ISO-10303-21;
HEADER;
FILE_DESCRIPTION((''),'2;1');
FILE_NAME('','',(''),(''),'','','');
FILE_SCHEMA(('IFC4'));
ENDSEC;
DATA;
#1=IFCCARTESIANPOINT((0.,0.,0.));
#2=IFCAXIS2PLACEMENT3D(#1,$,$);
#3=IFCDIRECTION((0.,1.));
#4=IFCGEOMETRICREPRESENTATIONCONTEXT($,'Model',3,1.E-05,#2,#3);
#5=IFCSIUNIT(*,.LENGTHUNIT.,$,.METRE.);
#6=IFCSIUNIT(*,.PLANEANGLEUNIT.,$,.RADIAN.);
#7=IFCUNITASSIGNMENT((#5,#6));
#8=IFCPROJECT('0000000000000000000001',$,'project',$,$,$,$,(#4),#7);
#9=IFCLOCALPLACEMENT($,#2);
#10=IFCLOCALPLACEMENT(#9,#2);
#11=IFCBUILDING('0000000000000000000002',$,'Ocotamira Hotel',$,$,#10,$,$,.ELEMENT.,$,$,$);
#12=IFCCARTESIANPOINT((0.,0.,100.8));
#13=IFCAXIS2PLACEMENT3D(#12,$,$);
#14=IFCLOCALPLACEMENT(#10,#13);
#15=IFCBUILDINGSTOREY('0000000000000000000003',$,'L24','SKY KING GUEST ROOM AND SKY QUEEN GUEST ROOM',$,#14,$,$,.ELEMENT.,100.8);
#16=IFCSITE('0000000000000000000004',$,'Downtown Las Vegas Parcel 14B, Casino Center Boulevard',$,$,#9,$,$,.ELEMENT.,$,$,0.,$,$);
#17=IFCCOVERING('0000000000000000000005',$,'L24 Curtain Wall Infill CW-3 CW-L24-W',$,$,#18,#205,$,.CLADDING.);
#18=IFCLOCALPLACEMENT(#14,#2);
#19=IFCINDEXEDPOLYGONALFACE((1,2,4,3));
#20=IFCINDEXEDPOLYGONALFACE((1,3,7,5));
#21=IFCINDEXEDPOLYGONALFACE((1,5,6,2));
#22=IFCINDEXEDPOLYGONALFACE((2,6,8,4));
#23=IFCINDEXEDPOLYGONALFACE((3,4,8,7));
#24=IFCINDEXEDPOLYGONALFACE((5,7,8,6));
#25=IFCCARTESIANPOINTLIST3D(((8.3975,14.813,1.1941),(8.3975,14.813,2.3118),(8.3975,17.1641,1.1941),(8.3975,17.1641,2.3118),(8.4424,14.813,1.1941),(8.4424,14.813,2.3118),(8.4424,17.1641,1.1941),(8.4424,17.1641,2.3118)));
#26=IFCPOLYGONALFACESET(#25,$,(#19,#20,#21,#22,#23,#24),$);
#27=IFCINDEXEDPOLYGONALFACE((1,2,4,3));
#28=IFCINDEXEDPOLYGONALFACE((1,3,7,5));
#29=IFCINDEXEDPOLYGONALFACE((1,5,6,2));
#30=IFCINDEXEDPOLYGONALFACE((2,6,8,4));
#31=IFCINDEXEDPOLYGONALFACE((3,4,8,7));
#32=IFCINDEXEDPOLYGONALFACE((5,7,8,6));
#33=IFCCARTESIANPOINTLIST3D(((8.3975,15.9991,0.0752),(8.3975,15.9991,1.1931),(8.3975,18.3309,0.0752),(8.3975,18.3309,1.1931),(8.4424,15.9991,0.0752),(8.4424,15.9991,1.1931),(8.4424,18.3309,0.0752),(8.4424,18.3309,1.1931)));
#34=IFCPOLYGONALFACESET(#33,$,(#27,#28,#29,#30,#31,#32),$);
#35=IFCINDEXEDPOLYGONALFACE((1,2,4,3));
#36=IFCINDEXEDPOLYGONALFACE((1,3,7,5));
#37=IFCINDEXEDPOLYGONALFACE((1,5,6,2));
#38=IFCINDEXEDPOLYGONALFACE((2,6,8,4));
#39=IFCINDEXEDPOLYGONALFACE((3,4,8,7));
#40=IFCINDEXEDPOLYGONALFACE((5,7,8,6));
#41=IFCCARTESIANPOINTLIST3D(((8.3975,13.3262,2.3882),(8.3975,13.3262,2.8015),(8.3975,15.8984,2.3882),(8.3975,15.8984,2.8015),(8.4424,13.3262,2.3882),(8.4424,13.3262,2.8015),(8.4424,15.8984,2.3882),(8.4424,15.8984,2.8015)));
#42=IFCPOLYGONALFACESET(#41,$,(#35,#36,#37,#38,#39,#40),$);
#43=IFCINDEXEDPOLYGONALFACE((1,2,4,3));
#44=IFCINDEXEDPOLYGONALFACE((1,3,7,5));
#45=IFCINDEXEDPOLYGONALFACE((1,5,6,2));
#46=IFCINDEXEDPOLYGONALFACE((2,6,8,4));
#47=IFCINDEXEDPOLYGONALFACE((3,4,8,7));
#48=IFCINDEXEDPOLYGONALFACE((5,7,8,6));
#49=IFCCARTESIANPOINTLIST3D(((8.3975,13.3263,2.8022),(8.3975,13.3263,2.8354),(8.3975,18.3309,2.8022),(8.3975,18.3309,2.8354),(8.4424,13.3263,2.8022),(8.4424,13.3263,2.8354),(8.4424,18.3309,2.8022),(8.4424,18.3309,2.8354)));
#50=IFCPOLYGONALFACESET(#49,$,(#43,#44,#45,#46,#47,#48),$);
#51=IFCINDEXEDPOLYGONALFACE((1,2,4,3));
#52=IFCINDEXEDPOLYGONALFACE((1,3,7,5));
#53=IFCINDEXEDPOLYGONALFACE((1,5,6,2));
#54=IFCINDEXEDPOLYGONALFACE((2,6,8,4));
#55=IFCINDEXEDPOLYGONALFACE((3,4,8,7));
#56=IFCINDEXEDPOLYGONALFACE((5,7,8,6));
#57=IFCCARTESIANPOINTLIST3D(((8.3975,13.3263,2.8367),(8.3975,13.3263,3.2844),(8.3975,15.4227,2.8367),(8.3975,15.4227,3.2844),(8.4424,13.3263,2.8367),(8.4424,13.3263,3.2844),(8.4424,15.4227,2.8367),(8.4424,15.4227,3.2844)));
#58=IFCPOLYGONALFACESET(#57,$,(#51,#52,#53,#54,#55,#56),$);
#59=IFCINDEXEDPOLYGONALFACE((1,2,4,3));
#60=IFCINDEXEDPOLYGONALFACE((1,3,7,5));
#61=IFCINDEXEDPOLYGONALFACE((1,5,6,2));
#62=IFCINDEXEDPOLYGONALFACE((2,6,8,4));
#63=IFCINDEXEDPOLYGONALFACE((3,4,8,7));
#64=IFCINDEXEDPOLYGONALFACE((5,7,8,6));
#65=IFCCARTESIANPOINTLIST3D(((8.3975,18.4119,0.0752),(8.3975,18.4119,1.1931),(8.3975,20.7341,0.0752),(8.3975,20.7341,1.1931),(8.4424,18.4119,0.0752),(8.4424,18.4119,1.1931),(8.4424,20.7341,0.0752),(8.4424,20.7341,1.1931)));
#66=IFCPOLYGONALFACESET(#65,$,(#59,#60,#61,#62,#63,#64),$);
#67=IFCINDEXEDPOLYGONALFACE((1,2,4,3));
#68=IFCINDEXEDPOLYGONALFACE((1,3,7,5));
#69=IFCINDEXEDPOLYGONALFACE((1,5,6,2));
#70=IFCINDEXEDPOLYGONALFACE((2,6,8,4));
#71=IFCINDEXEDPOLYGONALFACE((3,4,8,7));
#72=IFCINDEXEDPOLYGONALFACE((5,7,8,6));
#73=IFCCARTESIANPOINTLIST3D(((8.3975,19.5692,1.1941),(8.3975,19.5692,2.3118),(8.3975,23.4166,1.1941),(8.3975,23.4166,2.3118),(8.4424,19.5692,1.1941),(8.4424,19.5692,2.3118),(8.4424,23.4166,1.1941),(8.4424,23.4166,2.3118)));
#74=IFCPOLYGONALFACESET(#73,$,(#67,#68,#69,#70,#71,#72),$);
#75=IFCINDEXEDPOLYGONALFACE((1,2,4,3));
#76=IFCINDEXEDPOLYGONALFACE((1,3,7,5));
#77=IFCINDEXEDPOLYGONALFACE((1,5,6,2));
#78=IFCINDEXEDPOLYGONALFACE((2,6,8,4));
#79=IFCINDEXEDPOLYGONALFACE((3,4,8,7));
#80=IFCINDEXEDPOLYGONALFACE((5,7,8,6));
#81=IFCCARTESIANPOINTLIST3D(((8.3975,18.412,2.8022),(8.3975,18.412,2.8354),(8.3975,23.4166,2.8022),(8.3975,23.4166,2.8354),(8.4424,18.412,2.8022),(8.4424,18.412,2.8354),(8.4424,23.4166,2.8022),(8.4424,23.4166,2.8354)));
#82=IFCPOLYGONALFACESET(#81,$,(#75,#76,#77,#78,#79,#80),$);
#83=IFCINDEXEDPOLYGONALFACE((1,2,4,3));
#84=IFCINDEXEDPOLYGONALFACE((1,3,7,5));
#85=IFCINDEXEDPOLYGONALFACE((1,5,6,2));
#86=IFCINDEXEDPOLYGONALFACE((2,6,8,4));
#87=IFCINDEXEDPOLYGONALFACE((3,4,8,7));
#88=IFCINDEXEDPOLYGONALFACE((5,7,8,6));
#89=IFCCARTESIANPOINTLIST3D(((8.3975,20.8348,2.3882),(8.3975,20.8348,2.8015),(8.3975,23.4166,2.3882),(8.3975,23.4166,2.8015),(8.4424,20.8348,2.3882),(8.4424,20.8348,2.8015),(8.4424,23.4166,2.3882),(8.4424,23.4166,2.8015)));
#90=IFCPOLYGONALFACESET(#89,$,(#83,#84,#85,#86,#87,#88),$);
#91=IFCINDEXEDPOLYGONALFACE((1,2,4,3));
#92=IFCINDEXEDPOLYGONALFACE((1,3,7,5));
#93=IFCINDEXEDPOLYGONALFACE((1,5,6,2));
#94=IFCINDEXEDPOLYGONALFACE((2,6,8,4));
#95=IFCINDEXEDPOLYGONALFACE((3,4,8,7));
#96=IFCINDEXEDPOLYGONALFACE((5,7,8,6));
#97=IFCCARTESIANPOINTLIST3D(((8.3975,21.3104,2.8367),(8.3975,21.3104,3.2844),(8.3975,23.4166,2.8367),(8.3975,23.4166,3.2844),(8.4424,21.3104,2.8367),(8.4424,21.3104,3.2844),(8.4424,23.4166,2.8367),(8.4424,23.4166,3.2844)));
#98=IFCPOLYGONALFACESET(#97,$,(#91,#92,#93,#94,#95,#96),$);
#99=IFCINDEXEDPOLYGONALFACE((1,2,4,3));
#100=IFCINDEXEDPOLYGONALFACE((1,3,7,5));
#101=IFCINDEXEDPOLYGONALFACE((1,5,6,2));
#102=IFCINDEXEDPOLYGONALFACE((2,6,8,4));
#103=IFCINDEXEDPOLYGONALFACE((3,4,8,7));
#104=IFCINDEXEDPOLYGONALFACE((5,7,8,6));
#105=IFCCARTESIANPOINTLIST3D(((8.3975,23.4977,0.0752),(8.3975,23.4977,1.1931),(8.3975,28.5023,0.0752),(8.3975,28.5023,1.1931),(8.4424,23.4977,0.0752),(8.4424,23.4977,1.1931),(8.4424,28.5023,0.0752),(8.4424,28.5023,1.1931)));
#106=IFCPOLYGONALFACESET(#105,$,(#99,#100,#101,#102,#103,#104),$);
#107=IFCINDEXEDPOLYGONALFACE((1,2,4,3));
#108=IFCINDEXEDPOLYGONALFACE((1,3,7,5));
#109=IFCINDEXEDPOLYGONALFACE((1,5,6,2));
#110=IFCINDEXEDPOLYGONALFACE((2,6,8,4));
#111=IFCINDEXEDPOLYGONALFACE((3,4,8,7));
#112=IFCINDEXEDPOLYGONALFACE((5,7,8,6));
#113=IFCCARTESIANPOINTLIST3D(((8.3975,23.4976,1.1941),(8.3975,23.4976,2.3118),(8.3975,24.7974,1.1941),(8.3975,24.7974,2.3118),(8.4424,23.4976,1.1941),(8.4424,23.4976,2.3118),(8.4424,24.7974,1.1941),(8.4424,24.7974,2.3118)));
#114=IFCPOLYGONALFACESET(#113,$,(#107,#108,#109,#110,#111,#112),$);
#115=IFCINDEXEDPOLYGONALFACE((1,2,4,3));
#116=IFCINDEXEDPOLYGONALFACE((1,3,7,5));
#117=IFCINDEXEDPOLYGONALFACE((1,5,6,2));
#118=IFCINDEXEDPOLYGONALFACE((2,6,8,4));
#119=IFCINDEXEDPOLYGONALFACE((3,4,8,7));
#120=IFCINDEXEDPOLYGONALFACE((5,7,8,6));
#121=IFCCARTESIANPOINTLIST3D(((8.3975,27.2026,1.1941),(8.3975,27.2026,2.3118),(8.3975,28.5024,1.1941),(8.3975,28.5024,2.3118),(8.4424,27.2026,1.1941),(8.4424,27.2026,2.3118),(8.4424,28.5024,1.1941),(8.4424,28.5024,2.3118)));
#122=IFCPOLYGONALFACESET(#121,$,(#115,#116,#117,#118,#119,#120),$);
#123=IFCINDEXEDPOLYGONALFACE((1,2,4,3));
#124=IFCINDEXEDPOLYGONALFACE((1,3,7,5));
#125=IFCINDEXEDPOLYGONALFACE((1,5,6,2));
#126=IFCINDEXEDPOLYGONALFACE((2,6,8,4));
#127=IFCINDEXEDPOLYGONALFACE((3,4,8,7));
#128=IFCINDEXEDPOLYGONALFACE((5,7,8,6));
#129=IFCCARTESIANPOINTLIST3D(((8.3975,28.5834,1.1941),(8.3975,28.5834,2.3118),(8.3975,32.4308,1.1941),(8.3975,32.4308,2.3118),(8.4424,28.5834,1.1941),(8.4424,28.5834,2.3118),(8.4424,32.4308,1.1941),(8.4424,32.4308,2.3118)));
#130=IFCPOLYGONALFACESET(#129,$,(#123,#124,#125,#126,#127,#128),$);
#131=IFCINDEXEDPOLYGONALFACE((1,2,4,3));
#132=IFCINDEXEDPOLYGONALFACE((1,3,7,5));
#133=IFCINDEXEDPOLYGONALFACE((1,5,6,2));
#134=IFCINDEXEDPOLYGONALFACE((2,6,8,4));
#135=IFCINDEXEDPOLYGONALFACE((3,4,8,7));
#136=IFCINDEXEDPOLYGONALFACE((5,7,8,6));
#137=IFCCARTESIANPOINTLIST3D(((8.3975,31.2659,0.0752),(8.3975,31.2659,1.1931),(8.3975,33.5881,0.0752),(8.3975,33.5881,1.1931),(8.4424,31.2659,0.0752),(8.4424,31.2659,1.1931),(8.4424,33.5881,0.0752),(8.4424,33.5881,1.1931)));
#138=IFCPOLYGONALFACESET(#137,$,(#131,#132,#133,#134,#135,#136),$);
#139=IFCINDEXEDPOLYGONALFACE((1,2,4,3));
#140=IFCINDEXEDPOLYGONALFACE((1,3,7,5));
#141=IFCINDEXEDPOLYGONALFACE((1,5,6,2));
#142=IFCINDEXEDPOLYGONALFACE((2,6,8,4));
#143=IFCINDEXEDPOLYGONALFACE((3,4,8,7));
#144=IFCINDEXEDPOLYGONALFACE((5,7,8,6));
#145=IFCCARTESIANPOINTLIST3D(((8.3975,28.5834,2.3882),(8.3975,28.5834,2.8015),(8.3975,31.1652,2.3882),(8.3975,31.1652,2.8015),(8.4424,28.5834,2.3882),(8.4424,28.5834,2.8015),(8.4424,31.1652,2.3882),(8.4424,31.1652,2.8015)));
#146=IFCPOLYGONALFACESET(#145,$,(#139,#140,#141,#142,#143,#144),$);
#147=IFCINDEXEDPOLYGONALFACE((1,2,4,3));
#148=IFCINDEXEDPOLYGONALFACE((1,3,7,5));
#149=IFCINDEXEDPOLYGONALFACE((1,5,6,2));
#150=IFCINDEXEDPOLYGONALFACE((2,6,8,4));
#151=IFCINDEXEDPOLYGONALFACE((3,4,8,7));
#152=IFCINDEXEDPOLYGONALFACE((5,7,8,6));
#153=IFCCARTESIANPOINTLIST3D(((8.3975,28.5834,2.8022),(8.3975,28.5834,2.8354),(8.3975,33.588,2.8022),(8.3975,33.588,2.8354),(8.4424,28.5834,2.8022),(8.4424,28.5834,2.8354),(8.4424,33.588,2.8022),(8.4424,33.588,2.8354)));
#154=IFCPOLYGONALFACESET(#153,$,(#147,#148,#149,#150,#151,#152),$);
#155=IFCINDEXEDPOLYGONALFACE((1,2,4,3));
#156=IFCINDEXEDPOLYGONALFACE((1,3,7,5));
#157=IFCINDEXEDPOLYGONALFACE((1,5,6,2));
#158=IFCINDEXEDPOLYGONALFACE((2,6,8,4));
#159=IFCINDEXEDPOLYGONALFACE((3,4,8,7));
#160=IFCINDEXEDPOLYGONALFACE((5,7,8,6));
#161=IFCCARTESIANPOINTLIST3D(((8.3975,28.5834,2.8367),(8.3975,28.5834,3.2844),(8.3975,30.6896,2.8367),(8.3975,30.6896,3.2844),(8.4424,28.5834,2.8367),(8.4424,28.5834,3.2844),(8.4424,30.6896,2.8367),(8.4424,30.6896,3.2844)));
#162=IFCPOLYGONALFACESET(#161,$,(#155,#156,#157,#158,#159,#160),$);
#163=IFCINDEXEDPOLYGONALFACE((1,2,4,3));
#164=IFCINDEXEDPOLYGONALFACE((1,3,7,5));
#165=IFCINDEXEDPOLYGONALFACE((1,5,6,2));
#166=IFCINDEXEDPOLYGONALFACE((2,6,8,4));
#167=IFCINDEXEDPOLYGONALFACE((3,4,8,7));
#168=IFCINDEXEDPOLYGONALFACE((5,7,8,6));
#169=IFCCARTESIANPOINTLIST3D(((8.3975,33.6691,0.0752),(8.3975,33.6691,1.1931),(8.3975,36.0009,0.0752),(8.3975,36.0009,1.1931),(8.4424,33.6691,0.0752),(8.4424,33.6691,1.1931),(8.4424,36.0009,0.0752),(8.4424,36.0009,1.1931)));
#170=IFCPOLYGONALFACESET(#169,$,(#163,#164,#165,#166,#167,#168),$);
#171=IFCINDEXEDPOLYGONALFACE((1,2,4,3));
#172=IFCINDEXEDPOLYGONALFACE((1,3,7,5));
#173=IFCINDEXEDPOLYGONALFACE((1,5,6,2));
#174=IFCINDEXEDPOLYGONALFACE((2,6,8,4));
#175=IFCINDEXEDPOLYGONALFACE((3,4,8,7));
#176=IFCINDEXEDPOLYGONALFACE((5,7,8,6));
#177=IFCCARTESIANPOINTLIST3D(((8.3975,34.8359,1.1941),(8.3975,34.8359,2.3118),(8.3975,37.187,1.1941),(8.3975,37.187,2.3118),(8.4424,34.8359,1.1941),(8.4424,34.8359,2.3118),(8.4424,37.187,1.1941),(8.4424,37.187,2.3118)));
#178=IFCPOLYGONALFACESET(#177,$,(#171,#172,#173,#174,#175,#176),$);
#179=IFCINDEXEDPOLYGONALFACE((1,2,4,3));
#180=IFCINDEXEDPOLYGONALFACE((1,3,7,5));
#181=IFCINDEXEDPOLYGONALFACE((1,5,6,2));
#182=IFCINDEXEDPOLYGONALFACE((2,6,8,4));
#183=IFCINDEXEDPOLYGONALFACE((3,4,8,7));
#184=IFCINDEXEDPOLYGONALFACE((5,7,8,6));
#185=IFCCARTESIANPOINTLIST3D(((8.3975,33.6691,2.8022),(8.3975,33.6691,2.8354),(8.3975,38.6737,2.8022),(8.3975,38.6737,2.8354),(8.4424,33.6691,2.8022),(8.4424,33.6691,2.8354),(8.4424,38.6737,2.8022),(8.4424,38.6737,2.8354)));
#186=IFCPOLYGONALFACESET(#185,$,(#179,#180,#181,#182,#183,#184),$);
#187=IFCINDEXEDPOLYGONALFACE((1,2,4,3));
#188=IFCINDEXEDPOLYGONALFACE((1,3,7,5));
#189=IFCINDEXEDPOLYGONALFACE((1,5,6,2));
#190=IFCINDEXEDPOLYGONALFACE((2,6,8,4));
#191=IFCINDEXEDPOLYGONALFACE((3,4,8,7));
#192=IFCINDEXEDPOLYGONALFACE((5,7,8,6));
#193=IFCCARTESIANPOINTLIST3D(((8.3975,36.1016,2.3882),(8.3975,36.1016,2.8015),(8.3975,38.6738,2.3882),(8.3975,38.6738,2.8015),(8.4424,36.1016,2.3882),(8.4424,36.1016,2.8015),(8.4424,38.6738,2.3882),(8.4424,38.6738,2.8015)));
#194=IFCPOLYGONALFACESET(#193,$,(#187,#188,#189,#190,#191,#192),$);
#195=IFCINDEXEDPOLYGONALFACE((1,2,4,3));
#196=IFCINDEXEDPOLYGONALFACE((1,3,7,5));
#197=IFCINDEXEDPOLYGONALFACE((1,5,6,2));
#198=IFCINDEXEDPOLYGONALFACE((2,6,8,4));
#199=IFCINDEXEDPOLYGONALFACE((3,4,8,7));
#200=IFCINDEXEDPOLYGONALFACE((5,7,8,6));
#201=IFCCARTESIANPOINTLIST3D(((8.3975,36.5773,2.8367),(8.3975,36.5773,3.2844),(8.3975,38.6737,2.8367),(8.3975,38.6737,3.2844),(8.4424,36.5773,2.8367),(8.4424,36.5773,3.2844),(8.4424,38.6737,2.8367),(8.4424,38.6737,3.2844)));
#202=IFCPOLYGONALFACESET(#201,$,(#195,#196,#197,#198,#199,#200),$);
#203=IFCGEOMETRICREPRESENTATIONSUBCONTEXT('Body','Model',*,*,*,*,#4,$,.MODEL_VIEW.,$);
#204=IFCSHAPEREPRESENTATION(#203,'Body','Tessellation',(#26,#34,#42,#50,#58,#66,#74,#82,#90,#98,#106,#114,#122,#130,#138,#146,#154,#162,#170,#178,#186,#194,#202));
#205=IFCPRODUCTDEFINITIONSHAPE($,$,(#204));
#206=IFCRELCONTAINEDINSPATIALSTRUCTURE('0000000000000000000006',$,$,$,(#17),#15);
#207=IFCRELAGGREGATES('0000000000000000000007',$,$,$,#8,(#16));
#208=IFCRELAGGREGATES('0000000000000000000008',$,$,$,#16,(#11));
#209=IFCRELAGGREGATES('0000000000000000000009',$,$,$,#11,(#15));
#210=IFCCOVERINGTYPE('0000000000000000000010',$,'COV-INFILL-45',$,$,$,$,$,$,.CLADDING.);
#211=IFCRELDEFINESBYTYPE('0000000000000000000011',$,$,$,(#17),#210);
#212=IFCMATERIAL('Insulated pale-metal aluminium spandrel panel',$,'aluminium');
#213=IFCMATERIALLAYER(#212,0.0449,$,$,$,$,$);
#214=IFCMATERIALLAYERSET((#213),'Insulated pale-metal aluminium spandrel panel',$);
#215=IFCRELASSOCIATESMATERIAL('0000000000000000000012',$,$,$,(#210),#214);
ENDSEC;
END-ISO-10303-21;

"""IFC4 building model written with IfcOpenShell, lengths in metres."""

from ifc_helpers import new_model, si_unit, direction, frame, origin, origin_2d, place, context, subcontext, project, spatial, rectangle, extrude, material, layer, layer_set, type_object, element, save


model = new_model("IFC4")

# Units and contexts
model_context = context("Model", 3, precision=1e-05, world=origin(), true_north=direction((0.0, 1.0)))
body_context = subcontext(model_context, "Body", "Model", "MODEL_VIEW")
ifc_project = project(units=[si_unit("LENGTHUNIT", "METRE"), si_unit("PLANEANGLEUNIT", "RADIAN")], contexts=[model_context])

# Site, building, storey
site_placement = place(None, origin())
site = spatial("IfcSite", under=ifc_project, at=site_placement, Name="Downtown Las Vegas Parcel 14B, Casino Center Boulevard", CompositionType="ELEMENT", RefElevation=0.0)
building_placement = place(site_placement, origin())
building = spatial("IfcBuilding", under=site, at=building_placement, Name="Ocotamira Hotel", CompositionType="ELEMENT")
storey_placement = place(building_placement, frame((0.0, 0.0, 100.8)))
storey = spatial("IfcBuildingStorey", under=building, at=storey_placement, Name="L24", Description="SKY KING GUEST ROOM AND SKY QUEEN GUEST ROOM", CompositionType="ELEMENT", Elevation=100.8)

# Covering
ifc_material_1 = material(Name="Insulated pale-metal aluminium spandrel panel", Category="aluminium")
ifc_layer_1 = layer(ifc_material_1, 0.0449)
ifc_layer_set_1 = layer_set([ifc_layer_1], Name="Insulated pale-metal aluminium spandrel panel")
covering_type_1 = type_object("IfcCoveringType", Name="COV-INFILL-45", PredefinedType="CLADDING", material=ifc_layer_set_1)
covering_1_placement = place(storey_placement, origin())
element("IfcCovering", 1, at=covering_1_placement, inside=storey, type_object=covering_type_1, Name="L24 Curtain Wall Infill CW-3 CW-L24-W", PredefinedType="CLADDING", context=body_context, shape_type="SweptSolid", body=[
    extrude(rectangle(XDim=2.3511, YDim=0.0449, at=origin_2d()), frame((8.4199, 15.9885, 1.1941), z_axis=(0.0, 0.0, 1.0), x_axis=(0.0, 1.0, 0.0)), (0.0, 0.0, 1.0), 1.1177),
    extrude(rectangle(XDim=2.3318, YDim=0.0449, at=origin_2d()), frame((8.4199, 17.165, 0.0752), z_axis=(0.0, 0.0, 1.0), x_axis=(0.0, 1.0, 0.0)), (0.0, 0.0, 1.0), 1.1179),
    extrude(rectangle(XDim=2.5723, YDim=0.0449, at=origin_2d()), frame((8.4199, 14.6123, 2.3882), z_axis=(0.0, 0.0, 1.0), x_axis=(0.0, 1.0, 0.0)), (0.0, 0.0, 1.0), 0.4133),
    extrude(rectangle(XDim=5.0046, YDim=0.0449, at=origin_2d()), frame((8.4199, 15.8286, 2.8022), z_axis=(0.0, 0.0, 1.0), x_axis=(0.0, 1.0, 0.0)), (0.0, 0.0, 1.0), 0.0332),
    extrude(rectangle(XDim=2.0964, YDim=0.0449, at=origin_2d()), frame((8.4199, 14.3745, 2.8367), z_axis=(0.0, 0.0, 1.0), x_axis=(0.0, 1.0, 0.0)), (0.0, 0.0, 1.0), 0.4478),
    extrude(rectangle(XDim=2.3223, YDim=0.0449, at=origin_2d()), frame((8.4199, 19.573, 0.0752), z_axis=(0.0, 0.0, 1.0), x_axis=(0.0, 1.0, 0.0)), (0.0, 0.0, 1.0), 1.1179),
    extrude(rectangle(XDim=3.8474, YDim=0.0449, at=origin_2d()), frame((8.4199, 21.4929, 1.1941), z_axis=(0.0, 0.0, 1.0), x_axis=(0.0, 1.0, 0.0)), (0.0, 0.0, 1.0), 1.1177),
    extrude(rectangle(XDim=5.0046, YDim=0.0449, at=origin_2d()), frame((8.4199, 20.9143, 2.8022), z_axis=(0.0, 0.0, 1.0), x_axis=(0.0, 1.0, 0.0)), (0.0, 0.0, 1.0), 0.0332),
    extrude(rectangle(XDim=2.5818, YDim=0.0449, at=origin_2d()), frame((8.4199, 22.1257, 2.3882), z_axis=(0.0, 0.0, 1.0), x_axis=(0.0, 1.0, 0.0)), (0.0, 0.0, 1.0), 0.4133),
    extrude(rectangle(XDim=2.1062, YDim=0.0449, at=origin_2d()), frame((8.4199, 22.3635, 2.8367), z_axis=(0.0, 0.0, 1.0), x_axis=(0.0, 1.0, 0.0)), (0.0, 0.0, 1.0), 0.4478),
    extrude(rectangle(XDim=5.0046, YDim=0.0449, at=origin_2d()), frame((8.4199, 26.0, 0.0752), z_axis=(0.0, 0.0, 1.0), x_axis=(0.0, 1.0, 0.0)), (0.0, 0.0, 1.0), 1.1179),
    extrude(rectangle(XDim=1.2998, YDim=0.0449, at=origin_2d()), frame((8.4199, 24.1475, 1.1941), z_axis=(0.0, 0.0, 1.0), x_axis=(0.0, 1.0, 0.0)), (0.0, 0.0, 1.0), 1.1177),
    extrude(rectangle(XDim=1.2998, YDim=0.0449, at=origin_2d()), frame((8.4199, 27.8525, 1.1941), z_axis=(0.0, 0.0, 1.0), x_axis=(0.0, 1.0, 0.0)), (0.0, 0.0, 1.0), 1.1177),
    extrude(rectangle(XDim=3.8474, YDim=0.0449, at=origin_2d()), frame((8.4199, 30.5071, 1.1941), z_axis=(0.0, 0.0, 1.0), x_axis=(0.0, 1.0, 0.0)), (0.0, 0.0, 1.0), 1.1177),
    extrude(rectangle(XDim=2.3223, YDim=0.0449, at=origin_2d()), frame((8.4199, 32.427, 0.0752), z_axis=(0.0, 0.0, 1.0), x_axis=(0.0, 1.0, 0.0)), (0.0, 0.0, 1.0), 1.1179),
    extrude(rectangle(XDim=2.5818, YDim=0.0449, at=origin_2d()), frame((8.4199, 29.8743, 2.3882), z_axis=(0.0, 0.0, 1.0), x_axis=(0.0, 1.0, 0.0)), (0.0, 0.0, 1.0), 0.4133),
    extrude(rectangle(XDim=5.0046, YDim=0.0449, at=origin_2d()), frame((8.4199, 31.0857, 2.8022), z_axis=(0.0, 0.0, 1.0), x_axis=(0.0, 1.0, 0.0)), (0.0, 0.0, 1.0), 0.0332),
    extrude(rectangle(XDim=2.1062, YDim=0.0449, at=origin_2d()), frame((8.4199, 29.6365, 2.8367), z_axis=(0.0, 0.0, 1.0), x_axis=(0.0, 1.0, 0.0)), (0.0, 0.0, 1.0), 0.4478),
    extrude(rectangle(XDim=2.3318, YDim=0.0449, at=origin_2d()), frame((8.4199, 34.835, 0.0752), z_axis=(0.0, 0.0, 1.0), x_axis=(0.0, 1.0, 0.0)), (0.0, 0.0, 1.0), 1.1179),
    extrude(rectangle(XDim=2.3511, YDim=0.0449, at=origin_2d()), frame((8.4199, 36.0115, 1.1941), z_axis=(0.0, 0.0, 1.0), x_axis=(0.0, 1.0, 0.0)), (0.0, 0.0, 1.0), 1.1177),
    extrude(rectangle(XDim=5.0046, YDim=0.0449, at=origin_2d()), frame((8.4199, 36.1714, 2.8022), z_axis=(0.0, 0.0, 1.0), x_axis=(0.0, 1.0, 0.0)), (0.0, 0.0, 1.0), 0.0332),
    extrude(rectangle(XDim=2.5723, YDim=0.0449, at=origin_2d()), frame((8.4199, 37.3877, 2.3882), z_axis=(0.0, 0.0, 1.0), x_axis=(0.0, 1.0, 0.0)), (0.0, 0.0, 1.0), 0.4133),
    extrude(rectangle(XDim=2.0964, YDim=0.0449, at=origin_2d()), frame((8.4199, 37.6255, 2.8367), z_axis=(0.0, 0.0, 1.0), x_axis=(0.0, 1.0, 0.0)), (0.0, 0.0, 1.0), 0.4478),
])

save(model, "model.ifc")
